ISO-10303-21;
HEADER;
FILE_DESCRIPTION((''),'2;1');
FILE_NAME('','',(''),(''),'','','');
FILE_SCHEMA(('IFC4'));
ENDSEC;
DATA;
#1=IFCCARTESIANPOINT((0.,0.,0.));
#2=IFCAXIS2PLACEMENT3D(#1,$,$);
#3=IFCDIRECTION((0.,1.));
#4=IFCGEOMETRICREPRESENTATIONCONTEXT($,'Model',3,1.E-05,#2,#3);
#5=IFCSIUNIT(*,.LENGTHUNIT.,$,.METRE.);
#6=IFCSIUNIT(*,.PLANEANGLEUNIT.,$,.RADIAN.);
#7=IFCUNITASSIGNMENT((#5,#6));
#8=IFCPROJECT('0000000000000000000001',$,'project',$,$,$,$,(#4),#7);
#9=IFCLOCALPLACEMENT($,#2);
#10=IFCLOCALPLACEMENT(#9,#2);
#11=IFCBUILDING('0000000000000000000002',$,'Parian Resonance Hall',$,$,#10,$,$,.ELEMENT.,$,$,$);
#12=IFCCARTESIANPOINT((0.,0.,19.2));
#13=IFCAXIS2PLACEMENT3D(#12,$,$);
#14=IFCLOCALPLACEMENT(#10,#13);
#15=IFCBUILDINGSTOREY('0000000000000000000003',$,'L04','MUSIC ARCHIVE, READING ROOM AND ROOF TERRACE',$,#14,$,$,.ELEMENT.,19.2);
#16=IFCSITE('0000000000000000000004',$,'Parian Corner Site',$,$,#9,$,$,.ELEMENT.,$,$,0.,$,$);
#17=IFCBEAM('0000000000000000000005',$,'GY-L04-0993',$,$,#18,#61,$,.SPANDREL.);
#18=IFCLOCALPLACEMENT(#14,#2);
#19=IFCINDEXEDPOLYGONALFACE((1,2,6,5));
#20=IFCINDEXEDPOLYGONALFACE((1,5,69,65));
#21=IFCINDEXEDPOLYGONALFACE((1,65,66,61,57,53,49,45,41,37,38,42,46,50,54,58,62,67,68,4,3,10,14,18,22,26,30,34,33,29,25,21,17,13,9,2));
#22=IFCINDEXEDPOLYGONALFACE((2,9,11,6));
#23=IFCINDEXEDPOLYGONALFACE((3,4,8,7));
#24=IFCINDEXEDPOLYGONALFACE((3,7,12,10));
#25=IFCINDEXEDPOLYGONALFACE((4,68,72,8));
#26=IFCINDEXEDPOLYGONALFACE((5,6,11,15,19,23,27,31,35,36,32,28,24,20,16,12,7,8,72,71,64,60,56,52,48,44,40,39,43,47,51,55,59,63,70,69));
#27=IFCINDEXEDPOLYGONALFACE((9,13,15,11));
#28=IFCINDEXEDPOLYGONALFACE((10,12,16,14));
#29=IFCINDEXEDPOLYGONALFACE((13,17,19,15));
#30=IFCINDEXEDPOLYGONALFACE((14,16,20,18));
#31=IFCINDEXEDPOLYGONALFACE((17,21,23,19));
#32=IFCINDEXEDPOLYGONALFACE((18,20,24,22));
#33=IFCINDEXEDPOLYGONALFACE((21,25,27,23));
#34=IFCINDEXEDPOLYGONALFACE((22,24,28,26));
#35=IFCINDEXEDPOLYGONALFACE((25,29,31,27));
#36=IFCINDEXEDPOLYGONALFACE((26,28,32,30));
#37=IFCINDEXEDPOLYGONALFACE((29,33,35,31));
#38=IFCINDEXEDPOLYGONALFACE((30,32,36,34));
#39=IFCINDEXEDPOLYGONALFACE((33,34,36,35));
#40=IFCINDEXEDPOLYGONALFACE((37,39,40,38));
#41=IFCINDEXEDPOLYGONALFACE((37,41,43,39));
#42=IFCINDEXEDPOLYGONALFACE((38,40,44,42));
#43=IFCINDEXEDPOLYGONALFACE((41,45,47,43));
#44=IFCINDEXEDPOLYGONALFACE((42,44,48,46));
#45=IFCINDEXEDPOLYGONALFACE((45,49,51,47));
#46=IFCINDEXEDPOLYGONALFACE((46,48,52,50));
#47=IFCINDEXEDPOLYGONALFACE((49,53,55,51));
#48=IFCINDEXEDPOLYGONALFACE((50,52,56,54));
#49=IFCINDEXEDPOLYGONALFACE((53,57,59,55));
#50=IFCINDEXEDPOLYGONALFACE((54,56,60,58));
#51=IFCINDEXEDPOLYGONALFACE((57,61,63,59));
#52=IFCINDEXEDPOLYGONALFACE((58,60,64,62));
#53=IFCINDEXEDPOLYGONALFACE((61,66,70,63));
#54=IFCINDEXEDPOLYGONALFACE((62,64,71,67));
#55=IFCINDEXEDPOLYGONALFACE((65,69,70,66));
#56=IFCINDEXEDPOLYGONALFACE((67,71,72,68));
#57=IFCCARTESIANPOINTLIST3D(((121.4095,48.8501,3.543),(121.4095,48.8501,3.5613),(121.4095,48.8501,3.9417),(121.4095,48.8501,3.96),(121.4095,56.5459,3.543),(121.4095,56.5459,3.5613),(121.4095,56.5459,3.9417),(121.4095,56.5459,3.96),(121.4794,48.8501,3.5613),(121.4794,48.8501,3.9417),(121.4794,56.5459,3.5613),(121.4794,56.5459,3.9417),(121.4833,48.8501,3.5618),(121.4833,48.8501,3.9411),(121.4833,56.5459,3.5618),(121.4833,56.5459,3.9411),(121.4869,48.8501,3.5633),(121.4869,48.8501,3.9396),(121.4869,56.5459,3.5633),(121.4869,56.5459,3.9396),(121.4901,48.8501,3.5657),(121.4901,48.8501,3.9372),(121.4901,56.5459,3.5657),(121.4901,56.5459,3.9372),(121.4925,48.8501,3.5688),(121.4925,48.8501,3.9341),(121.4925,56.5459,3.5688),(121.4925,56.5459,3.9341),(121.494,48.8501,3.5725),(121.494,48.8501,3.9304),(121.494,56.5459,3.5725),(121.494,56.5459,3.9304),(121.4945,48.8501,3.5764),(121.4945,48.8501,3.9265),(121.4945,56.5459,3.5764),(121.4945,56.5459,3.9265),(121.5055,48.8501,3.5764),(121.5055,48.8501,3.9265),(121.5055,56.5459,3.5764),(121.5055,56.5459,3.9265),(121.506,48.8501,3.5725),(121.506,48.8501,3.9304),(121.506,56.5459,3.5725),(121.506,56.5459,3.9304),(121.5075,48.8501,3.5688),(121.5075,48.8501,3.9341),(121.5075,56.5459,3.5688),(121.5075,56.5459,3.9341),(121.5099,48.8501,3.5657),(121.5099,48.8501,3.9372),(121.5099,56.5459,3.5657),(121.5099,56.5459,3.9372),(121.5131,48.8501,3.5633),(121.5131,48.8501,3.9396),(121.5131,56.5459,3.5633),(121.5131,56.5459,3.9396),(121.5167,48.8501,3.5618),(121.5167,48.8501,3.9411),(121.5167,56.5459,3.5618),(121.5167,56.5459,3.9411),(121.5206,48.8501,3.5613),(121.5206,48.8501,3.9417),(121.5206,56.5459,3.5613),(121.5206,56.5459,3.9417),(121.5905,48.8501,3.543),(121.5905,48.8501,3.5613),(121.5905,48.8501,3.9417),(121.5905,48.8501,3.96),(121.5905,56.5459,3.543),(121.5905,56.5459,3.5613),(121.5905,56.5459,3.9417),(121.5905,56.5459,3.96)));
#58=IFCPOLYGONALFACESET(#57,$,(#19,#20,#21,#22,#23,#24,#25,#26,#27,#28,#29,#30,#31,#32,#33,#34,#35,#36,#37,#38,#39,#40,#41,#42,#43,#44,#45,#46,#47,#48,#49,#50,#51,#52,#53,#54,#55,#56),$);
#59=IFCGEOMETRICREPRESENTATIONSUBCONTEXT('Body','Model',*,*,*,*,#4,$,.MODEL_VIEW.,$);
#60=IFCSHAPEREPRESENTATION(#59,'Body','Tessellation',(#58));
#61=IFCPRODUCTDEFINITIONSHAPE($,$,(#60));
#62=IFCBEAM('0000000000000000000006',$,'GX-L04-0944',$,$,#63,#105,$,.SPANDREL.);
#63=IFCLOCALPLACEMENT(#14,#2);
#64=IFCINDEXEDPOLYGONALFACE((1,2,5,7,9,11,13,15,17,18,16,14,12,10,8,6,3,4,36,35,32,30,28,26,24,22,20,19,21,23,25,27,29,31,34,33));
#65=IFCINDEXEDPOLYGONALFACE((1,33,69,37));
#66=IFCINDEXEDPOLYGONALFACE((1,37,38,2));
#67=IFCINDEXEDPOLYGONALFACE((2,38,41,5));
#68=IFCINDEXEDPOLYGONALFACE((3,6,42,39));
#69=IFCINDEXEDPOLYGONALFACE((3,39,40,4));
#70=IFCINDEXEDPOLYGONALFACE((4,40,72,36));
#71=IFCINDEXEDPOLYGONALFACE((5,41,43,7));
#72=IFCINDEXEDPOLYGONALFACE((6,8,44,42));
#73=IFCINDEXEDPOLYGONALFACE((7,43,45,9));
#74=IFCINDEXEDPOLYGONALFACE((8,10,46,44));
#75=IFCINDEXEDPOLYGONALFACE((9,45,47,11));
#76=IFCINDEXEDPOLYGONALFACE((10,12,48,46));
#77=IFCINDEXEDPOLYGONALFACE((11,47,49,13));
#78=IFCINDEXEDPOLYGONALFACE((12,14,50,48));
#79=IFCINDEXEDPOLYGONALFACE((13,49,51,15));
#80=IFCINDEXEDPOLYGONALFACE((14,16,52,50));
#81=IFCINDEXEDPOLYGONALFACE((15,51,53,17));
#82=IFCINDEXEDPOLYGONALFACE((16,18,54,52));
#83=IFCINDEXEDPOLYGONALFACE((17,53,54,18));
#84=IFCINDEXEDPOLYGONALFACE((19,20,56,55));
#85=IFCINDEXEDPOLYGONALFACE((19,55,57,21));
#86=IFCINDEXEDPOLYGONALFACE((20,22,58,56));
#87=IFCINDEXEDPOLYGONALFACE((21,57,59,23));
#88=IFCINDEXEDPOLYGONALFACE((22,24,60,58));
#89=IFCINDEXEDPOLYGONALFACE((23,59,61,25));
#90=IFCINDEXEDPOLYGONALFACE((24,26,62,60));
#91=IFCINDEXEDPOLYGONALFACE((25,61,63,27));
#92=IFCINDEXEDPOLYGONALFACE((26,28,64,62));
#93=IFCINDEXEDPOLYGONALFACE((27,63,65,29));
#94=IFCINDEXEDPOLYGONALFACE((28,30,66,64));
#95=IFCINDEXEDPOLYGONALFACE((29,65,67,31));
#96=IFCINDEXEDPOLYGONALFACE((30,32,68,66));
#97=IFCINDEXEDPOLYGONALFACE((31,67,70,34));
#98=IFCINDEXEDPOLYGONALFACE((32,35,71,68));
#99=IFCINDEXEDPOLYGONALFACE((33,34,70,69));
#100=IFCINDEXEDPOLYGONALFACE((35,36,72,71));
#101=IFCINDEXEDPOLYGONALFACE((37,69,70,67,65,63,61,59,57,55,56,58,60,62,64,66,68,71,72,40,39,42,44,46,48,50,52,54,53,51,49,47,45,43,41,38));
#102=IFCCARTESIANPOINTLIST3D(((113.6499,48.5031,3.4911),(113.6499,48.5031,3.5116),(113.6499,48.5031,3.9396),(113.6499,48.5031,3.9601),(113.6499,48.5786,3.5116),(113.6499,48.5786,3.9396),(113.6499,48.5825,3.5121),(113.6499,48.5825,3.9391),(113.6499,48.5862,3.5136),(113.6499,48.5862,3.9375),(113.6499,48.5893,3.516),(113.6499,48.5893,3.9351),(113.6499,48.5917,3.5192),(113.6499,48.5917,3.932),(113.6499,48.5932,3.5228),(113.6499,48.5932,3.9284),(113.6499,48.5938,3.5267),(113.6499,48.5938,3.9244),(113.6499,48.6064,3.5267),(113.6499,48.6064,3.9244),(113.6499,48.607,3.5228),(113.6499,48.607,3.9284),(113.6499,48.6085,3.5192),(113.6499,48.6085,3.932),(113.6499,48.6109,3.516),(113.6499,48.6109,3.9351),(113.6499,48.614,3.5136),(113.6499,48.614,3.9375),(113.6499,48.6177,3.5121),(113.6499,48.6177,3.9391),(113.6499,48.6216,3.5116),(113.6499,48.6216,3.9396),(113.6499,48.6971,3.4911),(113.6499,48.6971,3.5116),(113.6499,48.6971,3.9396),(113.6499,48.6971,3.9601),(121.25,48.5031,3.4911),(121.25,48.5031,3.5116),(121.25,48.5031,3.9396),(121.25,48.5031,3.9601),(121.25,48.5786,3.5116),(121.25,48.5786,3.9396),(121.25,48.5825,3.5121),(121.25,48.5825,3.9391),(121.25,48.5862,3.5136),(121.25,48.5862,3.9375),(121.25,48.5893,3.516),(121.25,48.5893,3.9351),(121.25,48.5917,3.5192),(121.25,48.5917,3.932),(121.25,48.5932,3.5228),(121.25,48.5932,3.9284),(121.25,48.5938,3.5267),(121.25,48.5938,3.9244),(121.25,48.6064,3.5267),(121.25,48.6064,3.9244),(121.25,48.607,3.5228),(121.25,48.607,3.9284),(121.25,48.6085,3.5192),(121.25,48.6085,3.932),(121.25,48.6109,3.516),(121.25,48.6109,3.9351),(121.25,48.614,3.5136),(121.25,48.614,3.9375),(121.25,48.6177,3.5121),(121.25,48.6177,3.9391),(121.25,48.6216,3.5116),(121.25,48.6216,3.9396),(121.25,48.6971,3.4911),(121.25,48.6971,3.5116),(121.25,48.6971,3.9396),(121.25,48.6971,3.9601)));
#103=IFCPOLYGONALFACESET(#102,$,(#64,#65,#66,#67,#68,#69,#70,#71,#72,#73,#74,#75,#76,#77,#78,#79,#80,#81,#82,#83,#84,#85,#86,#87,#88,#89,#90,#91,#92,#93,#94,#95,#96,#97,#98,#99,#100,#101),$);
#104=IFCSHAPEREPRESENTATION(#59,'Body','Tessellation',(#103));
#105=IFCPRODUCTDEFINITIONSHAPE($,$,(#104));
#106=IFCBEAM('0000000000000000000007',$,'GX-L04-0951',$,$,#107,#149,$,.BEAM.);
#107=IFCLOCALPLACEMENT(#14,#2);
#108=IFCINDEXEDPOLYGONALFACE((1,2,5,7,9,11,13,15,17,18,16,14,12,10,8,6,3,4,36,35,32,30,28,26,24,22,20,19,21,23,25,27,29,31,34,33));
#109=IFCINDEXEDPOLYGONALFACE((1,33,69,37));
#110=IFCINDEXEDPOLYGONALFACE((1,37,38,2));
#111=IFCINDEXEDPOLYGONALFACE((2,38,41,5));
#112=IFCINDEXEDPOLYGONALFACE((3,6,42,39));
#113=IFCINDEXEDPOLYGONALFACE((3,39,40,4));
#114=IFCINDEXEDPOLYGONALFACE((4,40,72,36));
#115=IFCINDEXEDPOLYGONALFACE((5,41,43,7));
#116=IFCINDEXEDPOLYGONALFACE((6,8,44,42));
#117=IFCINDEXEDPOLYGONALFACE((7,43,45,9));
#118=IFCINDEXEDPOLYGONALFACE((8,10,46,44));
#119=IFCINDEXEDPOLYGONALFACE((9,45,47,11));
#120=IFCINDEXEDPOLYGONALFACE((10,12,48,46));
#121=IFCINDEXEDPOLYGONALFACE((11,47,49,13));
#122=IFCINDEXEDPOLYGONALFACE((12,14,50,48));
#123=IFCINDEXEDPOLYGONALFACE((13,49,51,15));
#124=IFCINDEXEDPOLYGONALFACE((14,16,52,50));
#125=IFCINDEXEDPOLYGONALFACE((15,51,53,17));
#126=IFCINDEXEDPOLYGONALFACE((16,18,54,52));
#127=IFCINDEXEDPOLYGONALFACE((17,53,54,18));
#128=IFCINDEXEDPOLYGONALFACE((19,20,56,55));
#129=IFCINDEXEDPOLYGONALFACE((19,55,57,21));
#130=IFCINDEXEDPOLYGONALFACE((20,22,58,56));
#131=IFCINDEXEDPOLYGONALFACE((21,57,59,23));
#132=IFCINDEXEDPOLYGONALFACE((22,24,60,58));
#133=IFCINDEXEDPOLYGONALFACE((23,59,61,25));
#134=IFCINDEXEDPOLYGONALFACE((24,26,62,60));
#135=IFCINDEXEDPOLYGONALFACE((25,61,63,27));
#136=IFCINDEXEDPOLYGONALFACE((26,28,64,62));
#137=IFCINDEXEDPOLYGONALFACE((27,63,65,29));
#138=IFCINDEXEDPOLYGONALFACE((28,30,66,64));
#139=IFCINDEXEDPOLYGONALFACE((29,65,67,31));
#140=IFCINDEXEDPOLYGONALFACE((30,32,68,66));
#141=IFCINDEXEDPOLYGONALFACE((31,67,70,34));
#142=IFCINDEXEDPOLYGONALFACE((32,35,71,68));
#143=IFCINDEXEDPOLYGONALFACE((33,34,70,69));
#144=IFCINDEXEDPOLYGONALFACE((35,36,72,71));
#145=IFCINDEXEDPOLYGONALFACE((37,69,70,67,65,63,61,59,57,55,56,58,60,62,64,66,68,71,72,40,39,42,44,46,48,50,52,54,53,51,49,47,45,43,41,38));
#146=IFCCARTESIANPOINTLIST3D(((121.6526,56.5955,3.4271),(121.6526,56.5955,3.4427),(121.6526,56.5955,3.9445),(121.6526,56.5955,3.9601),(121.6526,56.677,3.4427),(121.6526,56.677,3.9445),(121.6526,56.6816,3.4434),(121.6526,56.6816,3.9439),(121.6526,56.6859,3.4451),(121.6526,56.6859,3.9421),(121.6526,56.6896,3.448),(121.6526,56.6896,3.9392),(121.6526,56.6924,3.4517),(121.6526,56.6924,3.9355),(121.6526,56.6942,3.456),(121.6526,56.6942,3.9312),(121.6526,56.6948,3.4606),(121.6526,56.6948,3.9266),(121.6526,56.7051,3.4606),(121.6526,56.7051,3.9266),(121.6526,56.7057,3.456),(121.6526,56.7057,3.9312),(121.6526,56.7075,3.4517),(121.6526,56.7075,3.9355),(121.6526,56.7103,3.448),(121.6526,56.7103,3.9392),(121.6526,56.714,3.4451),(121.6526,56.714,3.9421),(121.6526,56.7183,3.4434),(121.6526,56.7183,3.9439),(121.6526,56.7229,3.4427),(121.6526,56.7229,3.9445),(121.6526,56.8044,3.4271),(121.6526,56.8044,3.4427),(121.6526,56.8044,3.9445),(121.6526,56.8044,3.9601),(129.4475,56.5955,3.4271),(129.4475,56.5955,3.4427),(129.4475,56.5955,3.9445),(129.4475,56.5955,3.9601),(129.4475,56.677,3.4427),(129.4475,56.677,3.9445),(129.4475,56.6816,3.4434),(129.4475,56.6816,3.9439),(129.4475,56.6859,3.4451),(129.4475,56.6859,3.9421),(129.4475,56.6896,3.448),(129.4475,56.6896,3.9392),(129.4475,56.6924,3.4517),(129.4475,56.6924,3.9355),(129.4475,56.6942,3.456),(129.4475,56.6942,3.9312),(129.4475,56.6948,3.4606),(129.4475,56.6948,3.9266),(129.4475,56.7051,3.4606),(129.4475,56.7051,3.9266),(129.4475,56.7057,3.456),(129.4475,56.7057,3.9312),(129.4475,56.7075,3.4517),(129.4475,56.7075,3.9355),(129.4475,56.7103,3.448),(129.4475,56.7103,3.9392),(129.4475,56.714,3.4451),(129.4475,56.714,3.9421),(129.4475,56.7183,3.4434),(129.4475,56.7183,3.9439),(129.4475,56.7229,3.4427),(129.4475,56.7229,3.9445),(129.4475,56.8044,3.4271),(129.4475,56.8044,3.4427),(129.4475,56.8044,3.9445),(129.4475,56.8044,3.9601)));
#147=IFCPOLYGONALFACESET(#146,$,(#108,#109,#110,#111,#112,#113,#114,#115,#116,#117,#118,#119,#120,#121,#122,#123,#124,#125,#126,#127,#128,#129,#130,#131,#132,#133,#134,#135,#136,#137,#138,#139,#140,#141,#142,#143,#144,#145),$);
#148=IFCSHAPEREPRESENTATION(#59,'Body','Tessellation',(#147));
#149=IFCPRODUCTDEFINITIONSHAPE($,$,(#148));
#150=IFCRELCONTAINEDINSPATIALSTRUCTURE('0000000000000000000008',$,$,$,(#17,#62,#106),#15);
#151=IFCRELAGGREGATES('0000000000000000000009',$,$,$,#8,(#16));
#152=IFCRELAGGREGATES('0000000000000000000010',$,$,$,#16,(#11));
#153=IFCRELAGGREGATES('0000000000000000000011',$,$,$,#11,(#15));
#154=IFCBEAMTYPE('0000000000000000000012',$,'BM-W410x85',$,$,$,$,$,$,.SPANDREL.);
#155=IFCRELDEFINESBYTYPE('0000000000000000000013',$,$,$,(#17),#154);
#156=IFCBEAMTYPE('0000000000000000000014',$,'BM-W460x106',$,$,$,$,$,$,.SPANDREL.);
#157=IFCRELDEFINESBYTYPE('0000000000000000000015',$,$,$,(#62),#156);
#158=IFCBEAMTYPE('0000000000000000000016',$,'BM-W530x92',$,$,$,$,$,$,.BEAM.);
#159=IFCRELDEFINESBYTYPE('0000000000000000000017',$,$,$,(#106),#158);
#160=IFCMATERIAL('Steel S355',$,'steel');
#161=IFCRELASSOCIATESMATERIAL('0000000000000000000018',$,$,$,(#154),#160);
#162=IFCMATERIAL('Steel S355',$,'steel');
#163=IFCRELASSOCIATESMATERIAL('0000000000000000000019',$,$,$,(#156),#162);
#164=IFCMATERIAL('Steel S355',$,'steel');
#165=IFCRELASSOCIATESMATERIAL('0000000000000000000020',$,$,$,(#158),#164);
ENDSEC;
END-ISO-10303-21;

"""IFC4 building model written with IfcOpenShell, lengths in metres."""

from ifc_helpers import new_model, si_unit, direction, frame, origin, origin_2d, place, context, subcontext, project, spatial, i_section, extrude, material, material_profile, profile_set, type_object, element, save


model = new_model("IFC4")

# Units and contexts
model_context = context("Model", 3, precision=1e-05, world=origin(), true_north=direction((0.0, 1.0)))
body_context = subcontext(model_context, "Body", "Model", "MODEL_VIEW")
ifc_project = project(units=[si_unit("LENGTHUNIT", "METRE"), si_unit("PLANEANGLEUNIT", "RADIAN")], contexts=[model_context])

# Site, building, storey
site_placement = place(None, origin())
site = spatial("IfcSite", under=ifc_project, at=site_placement, Name="Parian Corner Site", CompositionType="ELEMENT", RefElevation=0.0)
building_placement = place(site_placement, origin())
building = spatial("IfcBuilding", under=site, at=building_placement, Name="Parian Resonance Hall", CompositionType="ELEMENT")
storey_placement = place(building_placement, frame((0.0, 0.0, 19.2)))
storey = spatial("IfcBuildingStorey", under=building, at=storey_placement, Name="L04", Description="MUSIC ARCHIVE, READING ROOM AND ROOF TERRACE", CompositionType="ELEMENT", Elevation=19.2)

# Beams
ifc_material_1 = material(Name="Steel S355", Category="steel")
ifc_material_profile_1 = material_profile(ifc_material_1, i_section(OverallWidth=0.1809, OverallDepth=0.417, WebThickness=0.011, FlangeThickness=0.0183, FilletRadius=0.0151, at=origin_2d()), Name="W410x85")
ifc_profile_set_1 = profile_set([ifc_material_profile_1], Name="Steel S355")
beam_type_1 = type_object("IfcBeamType", Name="BM-W410x85", PredefinedType="SPANDREL", material=ifc_profile_set_1)
beam_1_placement = place(storey_placement, frame((121.5, 48.8501, 3.7515), z_axis=(0.0, 1.0, 0.0), x_axis=(-1.0, 0.0, 0.0)))
element("IfcBeam", 1, at=beam_1_placement, inside=storey, type_object=beam_type_1, Name="GY-L04-0993", PredefinedType="SPANDREL", context=body_context, shape_type="SweptSolid", body=[
    extrude(i_section(OverallWidth=0.1809, OverallDepth=0.417, WebThickness=0.011, FlangeThickness=0.0183, FilletRadius=0.0151, at=origin_2d()), origin(), (0.0, 0.0, 1.0), 7.6958),
])
ifc_material_2 = material(Name="Steel S355", Category="steel")
ifc_material_profile_2 = material_profile(ifc_material_2, i_section(OverallWidth=0.1941, OverallDepth=0.469, WebThickness=0.0127, FlangeThickness=0.0205, FilletRadius=0.0151, at=origin_2d()), Name="W460x106")
ifc_profile_set_2 = profile_set([ifc_material_profile_2], Name="Steel S355")
beam_type_2 = type_object("IfcBeamType", Name="BM-W460x106", PredefinedType="SPANDREL", material=ifc_profile_set_2)
beam_2_placement = place(storey_placement, frame((113.6499, 48.6001, 3.7256), z_axis=(1.0, 0.0, 0.0), x_axis=(0.0, 1.0, 0.0)))
element("IfcBeam", 2, at=beam_2_placement, inside=storey, type_object=beam_type_2, Name="GX-L04-0944", PredefinedType="SPANDREL", context=body_context, shape_type="SweptSolid", body=[
    extrude(i_section(OverallWidth=0.1941, OverallDepth=0.469, WebThickness=0.0127, FlangeThickness=0.0205, FilletRadius=0.0151, at=origin_2d()), origin(), (0.0, 0.0, 1.0), 7.6001),
])
ifc_material_3 = material(Name="Steel S355", Category="steel")
ifc_material_profile_3 = material_profile(ifc_material_3, i_section(OverallWidth=0.209, OverallDepth=0.533, WebThickness=0.0103, FlangeThickness=0.0156, FilletRadius=0.0178, at=origin_2d()), Name="W530x92")
ifc_profile_set_3 = profile_set([ifc_material_profile_3], Name="Steel S355")
beam_type_3 = type_object("IfcBeamType", Name="BM-W530x92", PredefinedType="BEAM", material=ifc_profile_set_3)
beam_3_placement = place(storey_placement, frame((121.6526, 56.7, 3.6936), z_axis=(1.0, 0.0, 0.0), x_axis=(0.0, 1.0, 0.0)))
element("IfcBeam", 3, at=beam_3_placement, inside=storey, type_object=beam_type_3, Name="GX-L04-0951", PredefinedType="BEAM", context=body_context, shape_type="SweptSolid", body=[
    extrude(i_section(OverallWidth=0.209, OverallDepth=0.533, WebThickness=0.0103, FlangeThickness=0.0156, FilletRadius=0.0178, at=origin_2d()), origin(), (0.0, 0.0, 1.0), 7.7949),
])

save(model, "model.ifc")
